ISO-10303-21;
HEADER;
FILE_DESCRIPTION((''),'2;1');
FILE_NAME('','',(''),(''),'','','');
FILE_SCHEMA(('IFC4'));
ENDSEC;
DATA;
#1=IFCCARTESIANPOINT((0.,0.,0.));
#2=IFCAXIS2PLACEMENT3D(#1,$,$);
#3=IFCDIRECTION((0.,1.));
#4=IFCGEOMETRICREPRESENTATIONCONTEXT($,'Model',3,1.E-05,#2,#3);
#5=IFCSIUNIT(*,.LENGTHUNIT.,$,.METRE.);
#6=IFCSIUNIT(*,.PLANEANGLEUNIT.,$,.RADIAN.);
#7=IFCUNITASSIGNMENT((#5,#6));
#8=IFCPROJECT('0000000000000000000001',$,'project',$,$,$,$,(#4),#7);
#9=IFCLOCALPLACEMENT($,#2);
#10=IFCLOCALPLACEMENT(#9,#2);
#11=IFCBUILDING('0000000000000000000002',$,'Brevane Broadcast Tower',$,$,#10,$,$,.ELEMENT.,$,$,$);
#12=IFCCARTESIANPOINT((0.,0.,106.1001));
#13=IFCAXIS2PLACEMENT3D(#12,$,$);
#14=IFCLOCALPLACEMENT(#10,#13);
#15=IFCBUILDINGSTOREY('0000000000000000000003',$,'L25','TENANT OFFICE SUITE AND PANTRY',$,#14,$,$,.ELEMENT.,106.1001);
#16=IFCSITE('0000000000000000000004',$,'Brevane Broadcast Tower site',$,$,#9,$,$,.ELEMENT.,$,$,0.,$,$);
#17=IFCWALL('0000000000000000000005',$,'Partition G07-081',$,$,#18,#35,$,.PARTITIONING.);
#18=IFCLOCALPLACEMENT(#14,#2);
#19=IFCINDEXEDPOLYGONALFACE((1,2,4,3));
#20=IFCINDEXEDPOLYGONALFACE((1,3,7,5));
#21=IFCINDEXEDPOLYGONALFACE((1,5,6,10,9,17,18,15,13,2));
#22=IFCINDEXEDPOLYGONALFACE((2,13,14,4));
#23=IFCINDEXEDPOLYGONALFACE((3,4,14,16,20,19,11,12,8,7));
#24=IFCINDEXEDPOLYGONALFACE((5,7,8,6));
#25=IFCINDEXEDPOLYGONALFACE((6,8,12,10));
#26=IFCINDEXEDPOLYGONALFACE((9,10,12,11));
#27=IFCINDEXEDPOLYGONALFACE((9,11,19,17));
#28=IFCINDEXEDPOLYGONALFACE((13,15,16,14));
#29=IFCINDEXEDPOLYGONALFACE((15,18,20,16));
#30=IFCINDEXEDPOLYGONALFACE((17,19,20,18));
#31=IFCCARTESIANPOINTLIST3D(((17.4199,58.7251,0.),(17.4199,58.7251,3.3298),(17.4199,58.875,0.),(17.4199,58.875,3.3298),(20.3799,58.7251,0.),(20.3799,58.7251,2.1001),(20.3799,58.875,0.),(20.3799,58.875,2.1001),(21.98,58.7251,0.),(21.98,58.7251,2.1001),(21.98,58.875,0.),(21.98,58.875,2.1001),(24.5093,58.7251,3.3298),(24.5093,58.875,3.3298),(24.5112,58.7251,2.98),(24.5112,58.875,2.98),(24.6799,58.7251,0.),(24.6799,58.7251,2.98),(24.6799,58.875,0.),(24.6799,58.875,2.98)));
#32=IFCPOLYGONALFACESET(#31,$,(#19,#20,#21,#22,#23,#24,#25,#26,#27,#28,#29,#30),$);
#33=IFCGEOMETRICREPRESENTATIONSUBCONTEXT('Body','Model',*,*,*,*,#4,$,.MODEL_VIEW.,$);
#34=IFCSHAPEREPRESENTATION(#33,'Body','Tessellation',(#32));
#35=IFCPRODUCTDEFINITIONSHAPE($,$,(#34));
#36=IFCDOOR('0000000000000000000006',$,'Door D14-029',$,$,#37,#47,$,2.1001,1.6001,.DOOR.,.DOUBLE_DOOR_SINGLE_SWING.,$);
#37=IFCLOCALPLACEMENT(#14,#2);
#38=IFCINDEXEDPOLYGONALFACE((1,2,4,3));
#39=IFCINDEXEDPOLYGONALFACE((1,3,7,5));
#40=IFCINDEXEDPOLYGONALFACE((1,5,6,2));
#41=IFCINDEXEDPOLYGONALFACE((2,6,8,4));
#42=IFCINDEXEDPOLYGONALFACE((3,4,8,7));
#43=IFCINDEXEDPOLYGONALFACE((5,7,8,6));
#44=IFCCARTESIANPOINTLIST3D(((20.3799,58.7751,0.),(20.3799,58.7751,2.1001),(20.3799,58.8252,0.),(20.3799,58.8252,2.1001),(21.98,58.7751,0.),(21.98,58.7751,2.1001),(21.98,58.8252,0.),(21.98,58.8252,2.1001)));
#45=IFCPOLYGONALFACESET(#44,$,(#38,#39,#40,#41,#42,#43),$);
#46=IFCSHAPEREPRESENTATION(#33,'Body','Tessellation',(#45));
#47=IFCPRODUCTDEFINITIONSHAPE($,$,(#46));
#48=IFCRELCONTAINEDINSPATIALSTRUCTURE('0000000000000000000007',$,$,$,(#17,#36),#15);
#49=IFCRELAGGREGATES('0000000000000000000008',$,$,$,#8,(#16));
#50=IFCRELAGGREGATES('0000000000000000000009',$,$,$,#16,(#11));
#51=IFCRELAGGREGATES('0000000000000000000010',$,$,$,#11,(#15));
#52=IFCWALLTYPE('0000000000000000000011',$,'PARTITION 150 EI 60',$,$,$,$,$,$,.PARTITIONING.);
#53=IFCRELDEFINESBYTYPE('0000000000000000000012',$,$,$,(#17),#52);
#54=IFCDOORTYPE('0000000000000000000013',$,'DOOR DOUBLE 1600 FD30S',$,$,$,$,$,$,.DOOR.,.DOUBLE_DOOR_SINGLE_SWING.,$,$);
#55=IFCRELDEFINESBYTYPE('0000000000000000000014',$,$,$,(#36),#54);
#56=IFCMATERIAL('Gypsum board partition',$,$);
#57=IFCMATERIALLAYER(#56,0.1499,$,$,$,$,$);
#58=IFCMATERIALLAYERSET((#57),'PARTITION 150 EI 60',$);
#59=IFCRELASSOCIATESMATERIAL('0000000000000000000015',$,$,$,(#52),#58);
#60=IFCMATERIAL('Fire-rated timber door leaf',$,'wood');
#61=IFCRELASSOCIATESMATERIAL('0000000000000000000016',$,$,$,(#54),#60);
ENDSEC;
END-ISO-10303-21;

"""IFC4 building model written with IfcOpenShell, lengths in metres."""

from ifc_helpers import new_model, si_unit, direction, frame, frame_2d, origin, place, context, subcontext, project, spatial, polyline, rectangle, outline, extrude, material, layer, layer_set, type_object, element, fill, save


model = new_model("IFC4")

# Units and contexts
model_context = context("Model", 3, precision=1e-05, world=origin(), true_north=direction((0.0, 1.0)))
body_context = subcontext(model_context, "Body", "Model", "MODEL_VIEW")
ifc_project = project(units=[si_unit("LENGTHUNIT", "METRE"), si_unit("PLANEANGLEUNIT", "RADIAN")], contexts=[model_context])

# Site, building, storey
site_placement = place(None, origin())
site = spatial("IfcSite", under=ifc_project, at=site_placement, Name="Brevane Broadcast Tower site", CompositionType="ELEMENT", RefElevation=0.0)
building_placement = place(site_placement, origin())
building = spatial("IfcBuilding", under=site, at=building_placement, Name="Brevane Broadcast Tower", CompositionType="ELEMENT")
storey_placement = place(building_placement, frame((0.0, 0.0, 106.1001)))
storey = spatial("IfcBuildingStorey", under=building, at=storey_placement, Name="L25", Description="TENANT OFFICE SUITE AND PANTRY", CompositionType="ELEMENT", Elevation=106.1001)

# Shared definitions
ifc_material_1 = material(Name="Gypsum board partition")
ifc_layer_1 = layer(ifc_material_1, 0.1499)
ifc_layer_set_1 = layer_set([ifc_layer_1], Name="PARTITION 150 EI 60")
wall_type_1 = type_object("IfcWallType", Name="PARTITION 150 EI 60", PredefinedType="PARTITIONING", material=ifc_layer_set_1)

# Wall, opening, door
wall_1_placement = place(storey_placement, frame((24.6799, 58.8, 0.0), z_axis=(0.0, 0.0, 1.0), x_axis=(-1.0, 0.0, 0.0)))
wall_1 = element("IfcWall", 1, at=wall_1_placement, inside=storey, type_object=wall_type_1, Name="Partition G07-081", PredefinedType="PARTITIONING", context=body_context, shape_type="SweptSolid", body=[
    extrude(outline(polyline([(0.0, 0.0), (7.26, 0.0), (7.26, 3.3298), (0.1707, 3.3298), (0.1687, 2.98), (0.0, 2.98), (0.0, 0.0)])), frame((0.0, 0.075, 0.0), z_axis=(0.0, -1.0, 0.0), x_axis=(1.0, 0.0, 0.0)), (0.0, 0.0, 1.0), 0.1499),
])
opening_placement = place(wall_1_placement, frame((2.7, 0.0, 0.0)))
opening = element("IfcOpeningElement", 2, at=opening_placement, cuts=wall_1, PredefinedType="OPENING", context=body_context, shape_type="SweptSolid", body=[
    extrude(rectangle(XDim=1.6001, YDim=2.1001, at=frame_2d((0.8, 1.05))), frame((0.0, 0.085, 0.0), z_axis=(0.0, -1.0, 0.0), x_axis=(1.0, 0.0, 0.0)), (0.0, 0.0, 1.0), 0.1699),
])
ifc_material_2 = material(Name="Fire-rated timber door leaf", Category="wood")
door_type = type_object("IfcDoorType", Name="DOOR DOUBLE 1600 FD30S", OperationType="DOUBLE_DOOR_SINGLE_SWING", PredefinedType="DOOR", material=ifc_material_2)
door_placement = place(opening_placement, origin())
door = element("IfcDoor", 3, at=door_placement, inside=storey, type_object=door_type, Name="Door D14-029", OperationType="DOUBLE_DOOR_SINGLE_SWING", OverallHeight=2.1001, OverallWidth=1.6001, PredefinedType="DOOR", context=body_context, shape_type="SweptSolid", body=[
    extrude(rectangle(XDim=1.6001, YDim=2.1001, at=frame_2d((0.8, 1.05))), frame((0.0, 0.0249, 0.0), z_axis=(0.0, -1.0, 0.0), x_axis=(1.0, 0.0, 0.0)), (0.0, 0.0, 1.0), 0.05),
])
fill(opening, door)

save(model, "model.ifc")
